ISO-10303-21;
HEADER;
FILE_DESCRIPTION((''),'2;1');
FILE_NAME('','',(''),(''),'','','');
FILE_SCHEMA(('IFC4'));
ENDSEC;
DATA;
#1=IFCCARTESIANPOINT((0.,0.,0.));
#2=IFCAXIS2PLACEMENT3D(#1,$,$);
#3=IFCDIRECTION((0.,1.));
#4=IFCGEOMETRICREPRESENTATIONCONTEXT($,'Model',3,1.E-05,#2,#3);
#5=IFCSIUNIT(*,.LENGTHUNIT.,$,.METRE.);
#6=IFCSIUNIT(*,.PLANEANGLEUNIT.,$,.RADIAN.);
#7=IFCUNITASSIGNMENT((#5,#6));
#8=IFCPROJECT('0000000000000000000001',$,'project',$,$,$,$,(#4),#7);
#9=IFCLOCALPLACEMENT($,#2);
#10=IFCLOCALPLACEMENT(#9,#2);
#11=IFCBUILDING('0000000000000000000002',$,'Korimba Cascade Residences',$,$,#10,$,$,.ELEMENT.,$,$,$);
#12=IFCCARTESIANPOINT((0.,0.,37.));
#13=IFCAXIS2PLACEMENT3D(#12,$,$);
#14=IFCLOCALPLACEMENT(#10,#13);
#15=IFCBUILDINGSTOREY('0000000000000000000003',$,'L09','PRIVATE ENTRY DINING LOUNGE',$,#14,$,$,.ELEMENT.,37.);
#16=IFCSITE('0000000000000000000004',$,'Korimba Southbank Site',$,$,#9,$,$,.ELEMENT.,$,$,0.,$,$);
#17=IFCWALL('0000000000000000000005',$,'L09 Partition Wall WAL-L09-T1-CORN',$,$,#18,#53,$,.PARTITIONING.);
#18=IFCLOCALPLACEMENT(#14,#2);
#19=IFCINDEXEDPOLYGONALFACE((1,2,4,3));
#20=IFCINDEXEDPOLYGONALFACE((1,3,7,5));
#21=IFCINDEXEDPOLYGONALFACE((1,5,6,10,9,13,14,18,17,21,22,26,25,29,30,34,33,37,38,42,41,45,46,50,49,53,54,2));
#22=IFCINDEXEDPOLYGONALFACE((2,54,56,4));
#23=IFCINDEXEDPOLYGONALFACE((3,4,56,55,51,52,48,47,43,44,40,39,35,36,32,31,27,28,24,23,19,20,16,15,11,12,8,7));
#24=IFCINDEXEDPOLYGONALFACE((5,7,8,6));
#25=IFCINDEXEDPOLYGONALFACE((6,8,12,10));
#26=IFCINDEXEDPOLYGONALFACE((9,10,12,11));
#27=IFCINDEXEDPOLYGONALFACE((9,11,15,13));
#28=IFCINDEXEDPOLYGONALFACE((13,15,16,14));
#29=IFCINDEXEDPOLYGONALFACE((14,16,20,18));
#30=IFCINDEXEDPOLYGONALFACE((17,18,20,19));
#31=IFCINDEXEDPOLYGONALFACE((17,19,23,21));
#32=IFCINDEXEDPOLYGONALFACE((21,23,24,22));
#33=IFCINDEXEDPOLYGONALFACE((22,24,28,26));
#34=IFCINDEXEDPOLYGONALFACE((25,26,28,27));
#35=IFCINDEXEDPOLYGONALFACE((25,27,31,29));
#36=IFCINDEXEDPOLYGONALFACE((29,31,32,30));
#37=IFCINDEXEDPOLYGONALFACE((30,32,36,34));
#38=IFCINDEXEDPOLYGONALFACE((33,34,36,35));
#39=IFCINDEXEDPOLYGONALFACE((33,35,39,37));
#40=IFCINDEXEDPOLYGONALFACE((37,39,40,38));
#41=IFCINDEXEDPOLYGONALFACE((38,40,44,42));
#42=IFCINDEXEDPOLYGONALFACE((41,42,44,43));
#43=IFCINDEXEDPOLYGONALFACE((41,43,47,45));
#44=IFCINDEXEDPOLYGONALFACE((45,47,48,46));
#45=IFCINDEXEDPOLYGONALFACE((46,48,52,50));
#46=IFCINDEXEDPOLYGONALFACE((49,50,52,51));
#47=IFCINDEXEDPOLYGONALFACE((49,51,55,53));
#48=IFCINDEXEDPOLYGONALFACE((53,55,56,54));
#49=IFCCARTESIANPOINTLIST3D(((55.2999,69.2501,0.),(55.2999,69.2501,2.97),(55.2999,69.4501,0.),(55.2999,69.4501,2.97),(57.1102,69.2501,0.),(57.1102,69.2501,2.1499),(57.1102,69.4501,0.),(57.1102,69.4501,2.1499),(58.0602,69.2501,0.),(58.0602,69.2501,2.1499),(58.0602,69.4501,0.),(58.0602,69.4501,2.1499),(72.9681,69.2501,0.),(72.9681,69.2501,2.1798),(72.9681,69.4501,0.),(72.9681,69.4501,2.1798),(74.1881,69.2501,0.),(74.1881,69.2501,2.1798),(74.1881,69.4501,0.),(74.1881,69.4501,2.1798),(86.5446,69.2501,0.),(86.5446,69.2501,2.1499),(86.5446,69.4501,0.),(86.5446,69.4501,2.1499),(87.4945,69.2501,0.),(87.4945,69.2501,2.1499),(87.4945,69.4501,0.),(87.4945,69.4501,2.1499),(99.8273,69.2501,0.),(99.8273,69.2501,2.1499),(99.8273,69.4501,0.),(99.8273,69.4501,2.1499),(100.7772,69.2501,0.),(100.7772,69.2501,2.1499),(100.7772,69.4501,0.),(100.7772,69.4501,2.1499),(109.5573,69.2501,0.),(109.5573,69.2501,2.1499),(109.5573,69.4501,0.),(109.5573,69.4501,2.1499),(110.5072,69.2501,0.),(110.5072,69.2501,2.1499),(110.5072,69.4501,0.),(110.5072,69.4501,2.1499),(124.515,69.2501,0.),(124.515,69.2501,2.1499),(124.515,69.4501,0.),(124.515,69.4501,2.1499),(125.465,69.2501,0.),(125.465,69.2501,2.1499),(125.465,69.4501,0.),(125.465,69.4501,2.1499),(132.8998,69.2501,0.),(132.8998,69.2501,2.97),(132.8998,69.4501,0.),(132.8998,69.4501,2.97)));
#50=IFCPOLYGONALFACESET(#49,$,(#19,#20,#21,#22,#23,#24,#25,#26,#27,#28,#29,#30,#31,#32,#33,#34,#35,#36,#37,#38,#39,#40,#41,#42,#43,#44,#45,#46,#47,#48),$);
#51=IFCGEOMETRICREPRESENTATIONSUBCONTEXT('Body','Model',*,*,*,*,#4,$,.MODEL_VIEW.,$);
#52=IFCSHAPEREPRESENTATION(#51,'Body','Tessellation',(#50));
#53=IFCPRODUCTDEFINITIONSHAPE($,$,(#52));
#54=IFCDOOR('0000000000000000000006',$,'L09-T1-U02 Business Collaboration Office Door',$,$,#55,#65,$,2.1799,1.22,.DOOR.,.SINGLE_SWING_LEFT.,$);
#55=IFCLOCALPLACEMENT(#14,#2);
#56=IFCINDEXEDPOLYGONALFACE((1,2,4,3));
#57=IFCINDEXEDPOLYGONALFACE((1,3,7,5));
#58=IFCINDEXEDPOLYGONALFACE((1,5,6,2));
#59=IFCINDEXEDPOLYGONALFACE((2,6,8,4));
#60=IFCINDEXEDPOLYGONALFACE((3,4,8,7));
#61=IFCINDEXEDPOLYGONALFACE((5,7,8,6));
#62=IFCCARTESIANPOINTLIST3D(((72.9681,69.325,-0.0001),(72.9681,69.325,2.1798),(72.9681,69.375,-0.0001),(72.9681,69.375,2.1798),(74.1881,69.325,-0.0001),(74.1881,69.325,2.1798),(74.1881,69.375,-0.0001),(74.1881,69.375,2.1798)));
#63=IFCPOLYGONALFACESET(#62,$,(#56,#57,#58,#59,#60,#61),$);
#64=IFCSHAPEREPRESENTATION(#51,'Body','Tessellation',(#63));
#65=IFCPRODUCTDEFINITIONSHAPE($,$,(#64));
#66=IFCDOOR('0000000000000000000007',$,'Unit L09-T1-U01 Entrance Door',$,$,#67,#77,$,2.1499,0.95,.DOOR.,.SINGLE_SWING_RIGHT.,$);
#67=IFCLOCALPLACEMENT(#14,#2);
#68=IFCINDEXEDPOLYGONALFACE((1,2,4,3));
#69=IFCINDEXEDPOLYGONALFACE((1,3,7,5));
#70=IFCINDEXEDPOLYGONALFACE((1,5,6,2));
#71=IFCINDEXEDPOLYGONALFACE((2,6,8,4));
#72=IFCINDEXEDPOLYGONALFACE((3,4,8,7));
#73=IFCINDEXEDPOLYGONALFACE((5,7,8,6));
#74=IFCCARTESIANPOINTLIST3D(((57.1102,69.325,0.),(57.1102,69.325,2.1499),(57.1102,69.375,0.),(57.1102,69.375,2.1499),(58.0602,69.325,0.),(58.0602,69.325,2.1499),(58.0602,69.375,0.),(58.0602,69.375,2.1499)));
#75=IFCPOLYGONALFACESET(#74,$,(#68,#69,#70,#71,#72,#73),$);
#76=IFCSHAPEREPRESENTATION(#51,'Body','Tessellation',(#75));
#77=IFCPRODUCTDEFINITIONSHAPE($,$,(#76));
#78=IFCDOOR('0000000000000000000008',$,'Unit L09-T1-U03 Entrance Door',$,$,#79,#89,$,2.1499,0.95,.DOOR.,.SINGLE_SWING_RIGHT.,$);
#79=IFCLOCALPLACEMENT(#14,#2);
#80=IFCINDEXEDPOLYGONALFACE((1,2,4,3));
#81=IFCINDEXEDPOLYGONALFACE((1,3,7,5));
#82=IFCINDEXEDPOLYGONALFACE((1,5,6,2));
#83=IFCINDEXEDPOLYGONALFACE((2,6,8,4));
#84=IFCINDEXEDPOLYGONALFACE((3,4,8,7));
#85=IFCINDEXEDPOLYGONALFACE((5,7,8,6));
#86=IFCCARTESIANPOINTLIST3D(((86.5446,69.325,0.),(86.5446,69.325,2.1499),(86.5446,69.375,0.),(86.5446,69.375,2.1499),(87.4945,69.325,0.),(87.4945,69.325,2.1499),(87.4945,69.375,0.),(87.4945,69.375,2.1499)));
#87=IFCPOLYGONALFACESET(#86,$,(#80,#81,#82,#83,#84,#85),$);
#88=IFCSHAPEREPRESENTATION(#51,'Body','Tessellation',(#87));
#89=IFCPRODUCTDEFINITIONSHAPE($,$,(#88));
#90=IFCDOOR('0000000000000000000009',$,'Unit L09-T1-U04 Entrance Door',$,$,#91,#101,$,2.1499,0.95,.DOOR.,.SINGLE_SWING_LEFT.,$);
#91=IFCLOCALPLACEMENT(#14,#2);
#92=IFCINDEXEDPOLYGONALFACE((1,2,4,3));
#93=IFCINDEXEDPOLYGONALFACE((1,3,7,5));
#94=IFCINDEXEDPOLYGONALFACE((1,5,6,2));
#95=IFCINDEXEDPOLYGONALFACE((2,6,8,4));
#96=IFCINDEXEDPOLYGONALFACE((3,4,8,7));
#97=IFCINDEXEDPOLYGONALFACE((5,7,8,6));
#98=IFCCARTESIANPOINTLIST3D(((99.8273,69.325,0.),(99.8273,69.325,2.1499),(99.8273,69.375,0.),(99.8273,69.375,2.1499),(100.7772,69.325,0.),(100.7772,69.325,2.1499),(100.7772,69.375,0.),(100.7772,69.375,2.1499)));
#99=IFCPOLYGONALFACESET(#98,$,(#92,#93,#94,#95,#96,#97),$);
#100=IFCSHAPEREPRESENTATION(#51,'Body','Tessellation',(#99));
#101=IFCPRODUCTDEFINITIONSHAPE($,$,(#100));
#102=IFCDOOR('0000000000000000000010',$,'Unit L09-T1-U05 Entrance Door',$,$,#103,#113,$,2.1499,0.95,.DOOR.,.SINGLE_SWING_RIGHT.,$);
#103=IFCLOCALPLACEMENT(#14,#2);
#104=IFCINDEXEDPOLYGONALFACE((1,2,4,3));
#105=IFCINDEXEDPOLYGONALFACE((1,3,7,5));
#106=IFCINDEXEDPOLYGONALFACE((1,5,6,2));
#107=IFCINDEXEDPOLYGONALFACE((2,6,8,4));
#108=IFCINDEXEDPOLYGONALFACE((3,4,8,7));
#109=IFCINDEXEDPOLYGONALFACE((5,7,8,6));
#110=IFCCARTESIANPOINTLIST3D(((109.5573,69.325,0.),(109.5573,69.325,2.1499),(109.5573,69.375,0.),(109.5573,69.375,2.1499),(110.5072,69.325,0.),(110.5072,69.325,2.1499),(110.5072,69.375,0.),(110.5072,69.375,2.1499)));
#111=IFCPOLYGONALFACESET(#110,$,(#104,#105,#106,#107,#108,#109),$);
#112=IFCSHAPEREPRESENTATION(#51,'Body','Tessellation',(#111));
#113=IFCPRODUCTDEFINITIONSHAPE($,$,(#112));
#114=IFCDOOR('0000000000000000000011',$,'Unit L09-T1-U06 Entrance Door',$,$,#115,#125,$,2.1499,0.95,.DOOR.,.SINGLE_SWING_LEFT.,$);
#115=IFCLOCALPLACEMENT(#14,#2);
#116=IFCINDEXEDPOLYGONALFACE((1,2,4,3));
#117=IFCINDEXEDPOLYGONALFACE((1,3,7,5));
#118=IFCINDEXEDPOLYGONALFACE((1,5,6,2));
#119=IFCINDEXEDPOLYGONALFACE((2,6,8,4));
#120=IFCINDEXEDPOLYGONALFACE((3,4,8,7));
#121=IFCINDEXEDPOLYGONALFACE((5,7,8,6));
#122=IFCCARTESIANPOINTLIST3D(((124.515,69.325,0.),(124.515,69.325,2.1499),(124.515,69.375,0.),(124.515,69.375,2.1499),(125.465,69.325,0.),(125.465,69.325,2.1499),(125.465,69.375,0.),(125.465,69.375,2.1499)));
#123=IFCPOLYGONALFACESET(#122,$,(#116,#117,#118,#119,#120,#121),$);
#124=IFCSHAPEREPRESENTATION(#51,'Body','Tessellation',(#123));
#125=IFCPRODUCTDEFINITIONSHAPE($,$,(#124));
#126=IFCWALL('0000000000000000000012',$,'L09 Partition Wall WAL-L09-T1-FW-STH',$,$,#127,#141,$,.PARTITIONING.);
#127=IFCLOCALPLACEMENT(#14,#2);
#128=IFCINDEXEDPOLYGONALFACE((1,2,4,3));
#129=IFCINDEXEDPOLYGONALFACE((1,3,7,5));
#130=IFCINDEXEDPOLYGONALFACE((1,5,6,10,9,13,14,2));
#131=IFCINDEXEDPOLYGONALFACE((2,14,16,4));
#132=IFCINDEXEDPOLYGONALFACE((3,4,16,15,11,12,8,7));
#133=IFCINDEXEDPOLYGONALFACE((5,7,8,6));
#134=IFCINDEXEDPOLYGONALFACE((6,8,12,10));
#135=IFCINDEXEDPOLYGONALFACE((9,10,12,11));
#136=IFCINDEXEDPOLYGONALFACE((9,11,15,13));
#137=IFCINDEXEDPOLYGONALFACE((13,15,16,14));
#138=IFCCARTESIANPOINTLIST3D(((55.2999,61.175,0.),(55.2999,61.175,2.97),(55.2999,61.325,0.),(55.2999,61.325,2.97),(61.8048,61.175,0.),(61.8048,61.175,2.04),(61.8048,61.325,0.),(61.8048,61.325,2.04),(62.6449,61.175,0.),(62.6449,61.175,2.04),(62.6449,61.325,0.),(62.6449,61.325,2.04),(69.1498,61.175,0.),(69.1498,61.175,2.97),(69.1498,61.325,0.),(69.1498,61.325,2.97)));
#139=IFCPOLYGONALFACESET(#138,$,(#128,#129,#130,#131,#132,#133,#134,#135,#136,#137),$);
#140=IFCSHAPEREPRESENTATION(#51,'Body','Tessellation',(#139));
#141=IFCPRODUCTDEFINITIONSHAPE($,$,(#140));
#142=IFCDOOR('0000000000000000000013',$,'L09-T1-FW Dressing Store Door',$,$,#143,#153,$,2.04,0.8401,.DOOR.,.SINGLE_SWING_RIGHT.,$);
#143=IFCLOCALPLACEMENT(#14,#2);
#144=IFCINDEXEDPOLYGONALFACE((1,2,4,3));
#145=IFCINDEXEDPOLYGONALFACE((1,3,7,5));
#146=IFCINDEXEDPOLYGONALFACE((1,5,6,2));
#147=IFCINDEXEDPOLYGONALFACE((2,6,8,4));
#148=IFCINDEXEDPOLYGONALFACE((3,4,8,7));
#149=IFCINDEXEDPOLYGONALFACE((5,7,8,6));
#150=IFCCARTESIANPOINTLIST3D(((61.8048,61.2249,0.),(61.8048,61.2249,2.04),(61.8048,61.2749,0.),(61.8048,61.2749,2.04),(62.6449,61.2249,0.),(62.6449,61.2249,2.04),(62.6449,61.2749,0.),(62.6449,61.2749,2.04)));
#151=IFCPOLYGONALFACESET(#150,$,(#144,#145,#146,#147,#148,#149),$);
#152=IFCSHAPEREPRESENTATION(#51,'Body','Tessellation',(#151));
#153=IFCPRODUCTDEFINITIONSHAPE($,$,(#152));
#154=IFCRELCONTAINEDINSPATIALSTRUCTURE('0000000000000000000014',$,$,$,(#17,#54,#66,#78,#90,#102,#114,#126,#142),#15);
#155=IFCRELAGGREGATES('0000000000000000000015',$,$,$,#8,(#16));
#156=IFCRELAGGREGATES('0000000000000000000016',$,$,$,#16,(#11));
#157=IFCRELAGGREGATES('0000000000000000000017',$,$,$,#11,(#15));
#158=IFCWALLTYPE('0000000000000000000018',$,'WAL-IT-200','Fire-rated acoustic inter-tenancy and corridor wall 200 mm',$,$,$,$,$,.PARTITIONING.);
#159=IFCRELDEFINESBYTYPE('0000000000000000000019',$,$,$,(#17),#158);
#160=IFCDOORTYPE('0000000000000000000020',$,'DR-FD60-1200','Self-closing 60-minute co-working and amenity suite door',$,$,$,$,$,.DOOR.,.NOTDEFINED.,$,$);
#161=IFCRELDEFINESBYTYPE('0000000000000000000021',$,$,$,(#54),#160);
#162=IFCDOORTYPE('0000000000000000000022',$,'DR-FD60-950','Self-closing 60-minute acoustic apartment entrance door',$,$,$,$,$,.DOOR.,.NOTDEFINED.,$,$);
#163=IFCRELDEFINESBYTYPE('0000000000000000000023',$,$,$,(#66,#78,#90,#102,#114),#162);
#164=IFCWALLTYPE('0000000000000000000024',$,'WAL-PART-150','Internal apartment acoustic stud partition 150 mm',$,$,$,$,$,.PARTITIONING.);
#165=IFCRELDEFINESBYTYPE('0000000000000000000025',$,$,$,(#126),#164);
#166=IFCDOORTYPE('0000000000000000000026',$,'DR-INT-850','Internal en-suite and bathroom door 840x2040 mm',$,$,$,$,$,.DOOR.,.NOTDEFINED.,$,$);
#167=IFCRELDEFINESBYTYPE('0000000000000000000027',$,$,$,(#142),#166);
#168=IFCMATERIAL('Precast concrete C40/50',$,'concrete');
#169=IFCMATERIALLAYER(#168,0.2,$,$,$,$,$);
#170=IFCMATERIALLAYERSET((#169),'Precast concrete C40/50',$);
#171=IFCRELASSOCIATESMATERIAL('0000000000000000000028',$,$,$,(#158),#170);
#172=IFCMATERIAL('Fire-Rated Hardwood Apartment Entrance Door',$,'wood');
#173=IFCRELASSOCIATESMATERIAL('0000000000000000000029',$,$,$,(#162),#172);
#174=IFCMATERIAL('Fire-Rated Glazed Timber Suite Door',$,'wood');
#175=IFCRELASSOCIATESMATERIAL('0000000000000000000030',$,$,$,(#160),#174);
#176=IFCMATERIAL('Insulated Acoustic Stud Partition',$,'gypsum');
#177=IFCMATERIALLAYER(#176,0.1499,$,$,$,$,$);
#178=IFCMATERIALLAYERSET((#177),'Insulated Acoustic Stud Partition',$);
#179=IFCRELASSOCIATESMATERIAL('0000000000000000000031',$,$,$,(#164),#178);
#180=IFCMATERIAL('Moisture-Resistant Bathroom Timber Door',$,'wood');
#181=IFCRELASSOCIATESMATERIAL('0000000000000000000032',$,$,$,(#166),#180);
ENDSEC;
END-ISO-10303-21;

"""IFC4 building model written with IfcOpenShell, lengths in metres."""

from ifc_helpers import new_model, si_unit, direction, frame, frame_2d, origin, place, context, subcontext, project, spatial, rectangle, extrude, material, layer, layer_set, type_object, element, fill, save


model = new_model("IFC4")

# Units and contexts
model_context = context("Model", 3, precision=1e-05, world=origin(), true_north=direction((0.0, 1.0)))
body_context = subcontext(model_context, "Body", "Model", "MODEL_VIEW")
ifc_project = project(units=[si_unit("LENGTHUNIT", "METRE"), si_unit("PLANEANGLEUNIT", "RADIAN")], contexts=[model_context])

# Site, building, storey
site_placement = place(None, origin())
site = spatial("IfcSite", under=ifc_project, at=site_placement, Name="Korimba Southbank Site", CompositionType="ELEMENT", RefElevation=0.0)
building_placement = place(site_placement, origin())
building = spatial("IfcBuilding", under=site, at=building_placement, Name="Korimba Cascade Residences", CompositionType="ELEMENT")
storey_placement = place(building_placement, frame((0.0, 0.0, 37.0)))
storey = spatial("IfcBuildingStorey", under=building, at=storey_placement, Name="L09", Description="PRIVATE ENTRY DINING LOUNGE", CompositionType="ELEMENT", Elevation=37.0)

# Shared definitions
ifc_material_1 = material(Name="Precast concrete C40/50", Category="concrete")
ifc_layer_1 = layer(ifc_material_1, 0.2)
ifc_layer_set_1 = layer_set([ifc_layer_1], Name="Precast concrete C40/50")
wall_type_1 = type_object("IfcWallType", Name="WAL-IT-200", Description="Fire-rated acoustic inter-tenancy and corridor wall 200 mm", PredefinedType="PARTITIONING", material=ifc_layer_set_1)
ifc_material_2 = material(Name="Fire-Rated Hardwood Apartment Entrance Door", Category="wood")
door_type_1 = type_object("IfcDoorType", Name="DR-FD60-950", Description="Self-closing 60-minute acoustic apartment entrance door", OperationType="NOTDEFINED", PredefinedType="DOOR", material=ifc_material_2)

# Wall, openings, doors
wall_1_placement = place(storey_placement, frame((55.3, 69.3501, 0.0), z_axis=(0.0, 0.0, 1.0), x_axis=(1.0, 0.0, 0.0)))
wall_1 = element("IfcWall", 1, at=wall_1_placement, inside=storey, type_object=wall_type_1, Name="L09 Partition Wall WAL-L09-T1-CORN", PredefinedType="PARTITIONING", context=body_context, shape_type="SweptSolid", body=[
    extrude(rectangle(XDim=77.5999, YDim=0.2, at=frame_2d((38.7998, 0.0))), origin(), (0.0, 0.0, 1.0), 2.97),
])
opening_1_placement = place(wall_1_placement, frame((1.8101, 0.0, 0.0)))
opening_1 = element("IfcOpeningElement", 2, at=opening_1_placement, cuts=wall_1, PredefinedType="OPENING", context=body_context, shape_type="SweptSolid", body=[
    extrude(rectangle(XDim=0.95, YDim=2.1499, at=frame_2d((0.4751, 1.075))), frame((0.0, 0.1099, 0.0), z_axis=(0.0, -1.0, 0.0), x_axis=(1.0, 0.0, 0.0)), (0.0, 0.0, 1.0), 0.22),
])
opening_2_placement = place(wall_1_placement, frame((17.6682, 0.0, 0.0)))
opening_2 = element("IfcOpeningElement", 3, at=opening_2_placement, cuts=wall_1, PredefinedType="OPENING", context=body_context, shape_type="SweptSolid", body=[
    extrude(rectangle(XDim=1.22, YDim=2.1799, at=frame_2d((0.6099, 1.0898))), frame((0.0, 0.1099, 0.0), z_axis=(0.0, -1.0, 0.0), x_axis=(1.0, 0.0, 0.0)), (0.0, 0.0, 1.0), 0.22),
])
opening_3_placement = place(wall_1_placement, frame((31.2444, 0.0, 0.0)))
opening_3 = element("IfcOpeningElement", 4, at=opening_3_placement, cuts=wall_1, PredefinedType="OPENING", context=body_context, shape_type="SweptSolid", body=[
    extrude(rectangle(XDim=0.95, YDim=2.1499, at=frame_2d((0.4751, 1.075))), frame((0.0, 0.1099, 0.0), z_axis=(0.0, -1.0, 0.0), x_axis=(1.0, 0.0, 0.0)), (0.0, 0.0, 1.0), 0.22),
])
opening_4_placement = place(wall_1_placement, frame((44.5271, 0.0, 0.0)))
opening_4 = element("IfcOpeningElement", 5, at=opening_4_placement, cuts=wall_1, PredefinedType="OPENING", context=body_context, shape_type="SweptSolid", body=[
    extrude(rectangle(XDim=0.95, YDim=2.1499, at=frame_2d((0.4751, 1.075))), frame((0.0, 0.1099, 0.0), z_axis=(0.0, -1.0, 0.0), x_axis=(1.0, 0.0, 0.0)), (0.0, 0.0, 1.0), 0.22),
])
opening_5_placement = place(wall_1_placement, frame((54.2571, 0.0, 0.0)))
opening_5 = element("IfcOpeningElement", 6, at=opening_5_placement, cuts=wall_1, PredefinedType="OPENING", context=body_context, shape_type="SweptSolid", body=[
    extrude(rectangle(XDim=0.95, YDim=2.1499, at=frame_2d((0.4751, 1.075))), frame((0.0, 0.1099, 0.0), z_axis=(0.0, -1.0, 0.0), x_axis=(1.0, 0.0, 0.0)), (0.0, 0.0, 1.0), 0.22),
])
opening_6_placement = place(wall_1_placement, frame((69.2148, 0.0, 0.0)))
opening_6 = element("IfcOpeningElement", 7, at=opening_6_placement, cuts=wall_1, PredefinedType="OPENING", context=body_context, shape_type="SweptSolid", body=[
    extrude(rectangle(XDim=0.95, YDim=2.1499, at=frame_2d((0.4751, 1.075))), frame((0.0, 0.1099, 0.0), z_axis=(0.0, -1.0, 0.0), x_axis=(1.0, 0.0, 0.0)), (0.0, 0.0, 1.0), 0.22),
])
ifc_material_3 = material(Name="Fire-Rated Glazed Timber Suite Door", Category="wood")
door_type_2 = type_object("IfcDoorType", Name="DR-FD60-1200", Description="Self-closing 60-minute co-working and amenity suite door", OperationType="NOTDEFINED", PredefinedType="DOOR", material=ifc_material_3)
door_1_placement = place(opening_2_placement, origin())
door_1 = element("IfcDoor", 8, at=door_1_placement, inside=storey, type_object=door_type_2, Name="L09-T1-U02 Business Collaboration Office Door", OperationType="SINGLE_SWING_LEFT", OverallHeight=2.1799, OverallWidth=1.22, PredefinedType="DOOR", context=body_context, shape_type="SweptSolid", body=[
    extrude(rectangle(XDim=1.22, YDim=2.1799, at=frame_2d((0.6099, 1.0898))), frame((0.0, 0.0249, 0.0), z_axis=(0.0, -1.0, 0.0), x_axis=(1.0, 0.0, 0.0)), (0.0, 0.0, 1.0), 0.05),
])
fill(opening_2, door_1)
door_2_placement = place(opening_1_placement, origin())
door_2 = element("IfcDoor", 9, at=door_2_placement, inside=storey, type_object=door_type_1, Name="Unit L09-T1-U01 Entrance Door", OperationType="SINGLE_SWING_RIGHT", OverallHeight=2.1499, OverallWidth=0.95, PredefinedType="DOOR", context=body_context, shape_type="SweptSolid", body=[
    extrude(rectangle(XDim=0.95, YDim=2.1499, at=frame_2d((0.4751, 1.075))), frame((0.0, 0.0249, 0.0), z_axis=(0.0, -1.0, 0.0), x_axis=(1.0, 0.0, 0.0)), (0.0, 0.0, 1.0), 0.05),
])
fill(opening_1, door_2)
door_3_placement = place(opening_3_placement, origin())
door_3 = element("IfcDoor", 10, at=door_3_placement, inside=storey, type_object=door_type_1, Name="Unit L09-T1-U03 Entrance Door", OperationType="SINGLE_SWING_RIGHT", OverallHeight=2.1499, OverallWidth=0.95, PredefinedType="DOOR", context=body_context, shape_type="SweptSolid", body=[
    extrude(rectangle(XDim=0.95, YDim=2.1499, at=frame_2d((0.4751, 1.075))), frame((0.0, 0.0249, 0.0), z_axis=(0.0, -1.0, 0.0), x_axis=(1.0, 0.0, 0.0)), (0.0, 0.0, 1.0), 0.05),
])
fill(opening_3, door_3)
door_4_placement = place(opening_4_placement, origin())
door_4 = element("IfcDoor", 11, at=door_4_placement, inside=storey, type_object=door_type_1, Name="Unit L09-T1-U04 Entrance Door", OperationType="SINGLE_SWING_LEFT", OverallHeight=2.1499, OverallWidth=0.95, PredefinedType="DOOR", context=body_context, shape_type="SweptSolid", body=[
    extrude(rectangle(XDim=0.95, YDim=2.1499, at=frame_2d((0.4751, 1.075))), frame((0.0, 0.0249, 0.0), z_axis=(0.0, -1.0, 0.0), x_axis=(1.0, 0.0, 0.0)), (0.0, 0.0, 1.0), 0.05),
])
fill(opening_4, door_4)
door_5_placement = place(opening_5_placement, origin())
door_5 = element("IfcDoor", 12, at=door_5_placement, inside=storey, type_object=door_type_1, Name="Unit L09-T1-U05 Entrance Door", OperationType="SINGLE_SWING_RIGHT", OverallHeight=2.1499, OverallWidth=0.95, PredefinedType="DOOR", context=body_context, shape_type="SweptSolid", body=[
    extrude(rectangle(XDim=0.95, YDim=2.1499, at=frame_2d((0.4751, 1.075))), frame((0.0, 0.0249, 0.0), z_axis=(0.0, -1.0, 0.0), x_axis=(1.0, 0.0, 0.0)), (0.0, 0.0, 1.0), 0.05),
])
fill(opening_5, door_5)
door_6_placement = place(opening_6_placement, origin())
door_6 = element("IfcDoor", 13, at=door_6_placement, inside=storey, type_object=door_type_1, Name="Unit L09-T1-U06 Entrance Door", OperationType="SINGLE_SWING_LEFT", OverallHeight=2.1499, OverallWidth=0.95, PredefinedType="DOOR", context=body_context, shape_type="SweptSolid", body=[
    extrude(rectangle(XDim=0.95, YDim=2.1499, at=frame_2d((0.4751, 1.075))), frame((0.0, 0.0249, 0.0), z_axis=(0.0, -1.0, 0.0), x_axis=(1.0, 0.0, 0.0)), (0.0, 0.0, 1.0), 0.05),
])
fill(opening_6, door_6)

# Wall, opening, door
ifc_material_4 = material(Name="Insulated Acoustic Stud Partition", Category="gypsum")
ifc_layer_2 = layer(ifc_material_4, 0.1499)
ifc_layer_set_2 = layer_set([ifc_layer_2], Name="Insulated Acoustic Stud Partition")
wall_type_2 = type_object("IfcWallType", Name="WAL-PART-150", Description="Internal apartment acoustic stud partition 150 mm", PredefinedType="PARTITIONING", material=ifc_layer_set_2)
wall_2_placement = place(storey_placement, frame((55.3, 61.25, 0.0), z_axis=(0.0, 0.0, 1.0), x_axis=(1.0, 0.0, 0.0)))
wall_2 = element("IfcWall", 14, at=wall_2_placement, inside=storey, type_object=wall_type_2, Name="L09 Partition Wall WAL-L09-T1-FW-STH", PredefinedType="PARTITIONING", context=body_context, shape_type="SweptSolid", body=[
    extrude(rectangle(XDim=13.8499, YDim=0.1499, at=frame_2d((6.9248, 0.0))), origin(), (0.0, 0.0, 1.0), 2.97),
])
opening_7_placement = place(wall_2_placement, frame((6.5049, 0.0, 0.0)))
opening_7 = element("IfcOpeningElement", 15, at=opening_7_placement, cuts=wall_2, PredefinedType="OPENING", context=body_context, shape_type="SweptSolid", body=[
    extrude(rectangle(XDim=0.8401, YDim=2.04, at=frame_2d((0.4199, 1.02))), frame((0.0, 0.085, 0.0), z_axis=(0.0, -1.0, 0.0), x_axis=(1.0, 0.0, 0.0)), (0.0, 0.0, 1.0), 0.1699),
])
ifc_material_5 = material(Name="Moisture-Resistant Bathroom Timber Door", Category="wood")
door_type_3 = type_object("IfcDoorType", Name="DR-INT-850", Description="Internal en-suite and bathroom door 840x2040 mm", OperationType="NOTDEFINED", PredefinedType="DOOR", material=ifc_material_5)
door_7_placement = place(opening_7_placement, origin())
door_7 = element("IfcDoor", 16, at=door_7_placement, inside=storey, type_object=door_type_3, Name="L09-T1-FW Dressing Store Door", OperationType="SINGLE_SWING_RIGHT", OverallHeight=2.04, OverallWidth=0.8401, PredefinedType="DOOR", context=body_context, shape_type="SweptSolid", body=[
    extrude(rectangle(XDim=0.8401, YDim=2.04, at=frame_2d((0.4199, 1.02))), frame((0.0, 0.0249, 0.0), z_axis=(0.0, -1.0, 0.0), x_axis=(1.0, 0.0, 0.0)), (0.0, 0.0, 1.0), 0.05),
])
fill(opening_7, door_7)

save(model, "model.ifc")
